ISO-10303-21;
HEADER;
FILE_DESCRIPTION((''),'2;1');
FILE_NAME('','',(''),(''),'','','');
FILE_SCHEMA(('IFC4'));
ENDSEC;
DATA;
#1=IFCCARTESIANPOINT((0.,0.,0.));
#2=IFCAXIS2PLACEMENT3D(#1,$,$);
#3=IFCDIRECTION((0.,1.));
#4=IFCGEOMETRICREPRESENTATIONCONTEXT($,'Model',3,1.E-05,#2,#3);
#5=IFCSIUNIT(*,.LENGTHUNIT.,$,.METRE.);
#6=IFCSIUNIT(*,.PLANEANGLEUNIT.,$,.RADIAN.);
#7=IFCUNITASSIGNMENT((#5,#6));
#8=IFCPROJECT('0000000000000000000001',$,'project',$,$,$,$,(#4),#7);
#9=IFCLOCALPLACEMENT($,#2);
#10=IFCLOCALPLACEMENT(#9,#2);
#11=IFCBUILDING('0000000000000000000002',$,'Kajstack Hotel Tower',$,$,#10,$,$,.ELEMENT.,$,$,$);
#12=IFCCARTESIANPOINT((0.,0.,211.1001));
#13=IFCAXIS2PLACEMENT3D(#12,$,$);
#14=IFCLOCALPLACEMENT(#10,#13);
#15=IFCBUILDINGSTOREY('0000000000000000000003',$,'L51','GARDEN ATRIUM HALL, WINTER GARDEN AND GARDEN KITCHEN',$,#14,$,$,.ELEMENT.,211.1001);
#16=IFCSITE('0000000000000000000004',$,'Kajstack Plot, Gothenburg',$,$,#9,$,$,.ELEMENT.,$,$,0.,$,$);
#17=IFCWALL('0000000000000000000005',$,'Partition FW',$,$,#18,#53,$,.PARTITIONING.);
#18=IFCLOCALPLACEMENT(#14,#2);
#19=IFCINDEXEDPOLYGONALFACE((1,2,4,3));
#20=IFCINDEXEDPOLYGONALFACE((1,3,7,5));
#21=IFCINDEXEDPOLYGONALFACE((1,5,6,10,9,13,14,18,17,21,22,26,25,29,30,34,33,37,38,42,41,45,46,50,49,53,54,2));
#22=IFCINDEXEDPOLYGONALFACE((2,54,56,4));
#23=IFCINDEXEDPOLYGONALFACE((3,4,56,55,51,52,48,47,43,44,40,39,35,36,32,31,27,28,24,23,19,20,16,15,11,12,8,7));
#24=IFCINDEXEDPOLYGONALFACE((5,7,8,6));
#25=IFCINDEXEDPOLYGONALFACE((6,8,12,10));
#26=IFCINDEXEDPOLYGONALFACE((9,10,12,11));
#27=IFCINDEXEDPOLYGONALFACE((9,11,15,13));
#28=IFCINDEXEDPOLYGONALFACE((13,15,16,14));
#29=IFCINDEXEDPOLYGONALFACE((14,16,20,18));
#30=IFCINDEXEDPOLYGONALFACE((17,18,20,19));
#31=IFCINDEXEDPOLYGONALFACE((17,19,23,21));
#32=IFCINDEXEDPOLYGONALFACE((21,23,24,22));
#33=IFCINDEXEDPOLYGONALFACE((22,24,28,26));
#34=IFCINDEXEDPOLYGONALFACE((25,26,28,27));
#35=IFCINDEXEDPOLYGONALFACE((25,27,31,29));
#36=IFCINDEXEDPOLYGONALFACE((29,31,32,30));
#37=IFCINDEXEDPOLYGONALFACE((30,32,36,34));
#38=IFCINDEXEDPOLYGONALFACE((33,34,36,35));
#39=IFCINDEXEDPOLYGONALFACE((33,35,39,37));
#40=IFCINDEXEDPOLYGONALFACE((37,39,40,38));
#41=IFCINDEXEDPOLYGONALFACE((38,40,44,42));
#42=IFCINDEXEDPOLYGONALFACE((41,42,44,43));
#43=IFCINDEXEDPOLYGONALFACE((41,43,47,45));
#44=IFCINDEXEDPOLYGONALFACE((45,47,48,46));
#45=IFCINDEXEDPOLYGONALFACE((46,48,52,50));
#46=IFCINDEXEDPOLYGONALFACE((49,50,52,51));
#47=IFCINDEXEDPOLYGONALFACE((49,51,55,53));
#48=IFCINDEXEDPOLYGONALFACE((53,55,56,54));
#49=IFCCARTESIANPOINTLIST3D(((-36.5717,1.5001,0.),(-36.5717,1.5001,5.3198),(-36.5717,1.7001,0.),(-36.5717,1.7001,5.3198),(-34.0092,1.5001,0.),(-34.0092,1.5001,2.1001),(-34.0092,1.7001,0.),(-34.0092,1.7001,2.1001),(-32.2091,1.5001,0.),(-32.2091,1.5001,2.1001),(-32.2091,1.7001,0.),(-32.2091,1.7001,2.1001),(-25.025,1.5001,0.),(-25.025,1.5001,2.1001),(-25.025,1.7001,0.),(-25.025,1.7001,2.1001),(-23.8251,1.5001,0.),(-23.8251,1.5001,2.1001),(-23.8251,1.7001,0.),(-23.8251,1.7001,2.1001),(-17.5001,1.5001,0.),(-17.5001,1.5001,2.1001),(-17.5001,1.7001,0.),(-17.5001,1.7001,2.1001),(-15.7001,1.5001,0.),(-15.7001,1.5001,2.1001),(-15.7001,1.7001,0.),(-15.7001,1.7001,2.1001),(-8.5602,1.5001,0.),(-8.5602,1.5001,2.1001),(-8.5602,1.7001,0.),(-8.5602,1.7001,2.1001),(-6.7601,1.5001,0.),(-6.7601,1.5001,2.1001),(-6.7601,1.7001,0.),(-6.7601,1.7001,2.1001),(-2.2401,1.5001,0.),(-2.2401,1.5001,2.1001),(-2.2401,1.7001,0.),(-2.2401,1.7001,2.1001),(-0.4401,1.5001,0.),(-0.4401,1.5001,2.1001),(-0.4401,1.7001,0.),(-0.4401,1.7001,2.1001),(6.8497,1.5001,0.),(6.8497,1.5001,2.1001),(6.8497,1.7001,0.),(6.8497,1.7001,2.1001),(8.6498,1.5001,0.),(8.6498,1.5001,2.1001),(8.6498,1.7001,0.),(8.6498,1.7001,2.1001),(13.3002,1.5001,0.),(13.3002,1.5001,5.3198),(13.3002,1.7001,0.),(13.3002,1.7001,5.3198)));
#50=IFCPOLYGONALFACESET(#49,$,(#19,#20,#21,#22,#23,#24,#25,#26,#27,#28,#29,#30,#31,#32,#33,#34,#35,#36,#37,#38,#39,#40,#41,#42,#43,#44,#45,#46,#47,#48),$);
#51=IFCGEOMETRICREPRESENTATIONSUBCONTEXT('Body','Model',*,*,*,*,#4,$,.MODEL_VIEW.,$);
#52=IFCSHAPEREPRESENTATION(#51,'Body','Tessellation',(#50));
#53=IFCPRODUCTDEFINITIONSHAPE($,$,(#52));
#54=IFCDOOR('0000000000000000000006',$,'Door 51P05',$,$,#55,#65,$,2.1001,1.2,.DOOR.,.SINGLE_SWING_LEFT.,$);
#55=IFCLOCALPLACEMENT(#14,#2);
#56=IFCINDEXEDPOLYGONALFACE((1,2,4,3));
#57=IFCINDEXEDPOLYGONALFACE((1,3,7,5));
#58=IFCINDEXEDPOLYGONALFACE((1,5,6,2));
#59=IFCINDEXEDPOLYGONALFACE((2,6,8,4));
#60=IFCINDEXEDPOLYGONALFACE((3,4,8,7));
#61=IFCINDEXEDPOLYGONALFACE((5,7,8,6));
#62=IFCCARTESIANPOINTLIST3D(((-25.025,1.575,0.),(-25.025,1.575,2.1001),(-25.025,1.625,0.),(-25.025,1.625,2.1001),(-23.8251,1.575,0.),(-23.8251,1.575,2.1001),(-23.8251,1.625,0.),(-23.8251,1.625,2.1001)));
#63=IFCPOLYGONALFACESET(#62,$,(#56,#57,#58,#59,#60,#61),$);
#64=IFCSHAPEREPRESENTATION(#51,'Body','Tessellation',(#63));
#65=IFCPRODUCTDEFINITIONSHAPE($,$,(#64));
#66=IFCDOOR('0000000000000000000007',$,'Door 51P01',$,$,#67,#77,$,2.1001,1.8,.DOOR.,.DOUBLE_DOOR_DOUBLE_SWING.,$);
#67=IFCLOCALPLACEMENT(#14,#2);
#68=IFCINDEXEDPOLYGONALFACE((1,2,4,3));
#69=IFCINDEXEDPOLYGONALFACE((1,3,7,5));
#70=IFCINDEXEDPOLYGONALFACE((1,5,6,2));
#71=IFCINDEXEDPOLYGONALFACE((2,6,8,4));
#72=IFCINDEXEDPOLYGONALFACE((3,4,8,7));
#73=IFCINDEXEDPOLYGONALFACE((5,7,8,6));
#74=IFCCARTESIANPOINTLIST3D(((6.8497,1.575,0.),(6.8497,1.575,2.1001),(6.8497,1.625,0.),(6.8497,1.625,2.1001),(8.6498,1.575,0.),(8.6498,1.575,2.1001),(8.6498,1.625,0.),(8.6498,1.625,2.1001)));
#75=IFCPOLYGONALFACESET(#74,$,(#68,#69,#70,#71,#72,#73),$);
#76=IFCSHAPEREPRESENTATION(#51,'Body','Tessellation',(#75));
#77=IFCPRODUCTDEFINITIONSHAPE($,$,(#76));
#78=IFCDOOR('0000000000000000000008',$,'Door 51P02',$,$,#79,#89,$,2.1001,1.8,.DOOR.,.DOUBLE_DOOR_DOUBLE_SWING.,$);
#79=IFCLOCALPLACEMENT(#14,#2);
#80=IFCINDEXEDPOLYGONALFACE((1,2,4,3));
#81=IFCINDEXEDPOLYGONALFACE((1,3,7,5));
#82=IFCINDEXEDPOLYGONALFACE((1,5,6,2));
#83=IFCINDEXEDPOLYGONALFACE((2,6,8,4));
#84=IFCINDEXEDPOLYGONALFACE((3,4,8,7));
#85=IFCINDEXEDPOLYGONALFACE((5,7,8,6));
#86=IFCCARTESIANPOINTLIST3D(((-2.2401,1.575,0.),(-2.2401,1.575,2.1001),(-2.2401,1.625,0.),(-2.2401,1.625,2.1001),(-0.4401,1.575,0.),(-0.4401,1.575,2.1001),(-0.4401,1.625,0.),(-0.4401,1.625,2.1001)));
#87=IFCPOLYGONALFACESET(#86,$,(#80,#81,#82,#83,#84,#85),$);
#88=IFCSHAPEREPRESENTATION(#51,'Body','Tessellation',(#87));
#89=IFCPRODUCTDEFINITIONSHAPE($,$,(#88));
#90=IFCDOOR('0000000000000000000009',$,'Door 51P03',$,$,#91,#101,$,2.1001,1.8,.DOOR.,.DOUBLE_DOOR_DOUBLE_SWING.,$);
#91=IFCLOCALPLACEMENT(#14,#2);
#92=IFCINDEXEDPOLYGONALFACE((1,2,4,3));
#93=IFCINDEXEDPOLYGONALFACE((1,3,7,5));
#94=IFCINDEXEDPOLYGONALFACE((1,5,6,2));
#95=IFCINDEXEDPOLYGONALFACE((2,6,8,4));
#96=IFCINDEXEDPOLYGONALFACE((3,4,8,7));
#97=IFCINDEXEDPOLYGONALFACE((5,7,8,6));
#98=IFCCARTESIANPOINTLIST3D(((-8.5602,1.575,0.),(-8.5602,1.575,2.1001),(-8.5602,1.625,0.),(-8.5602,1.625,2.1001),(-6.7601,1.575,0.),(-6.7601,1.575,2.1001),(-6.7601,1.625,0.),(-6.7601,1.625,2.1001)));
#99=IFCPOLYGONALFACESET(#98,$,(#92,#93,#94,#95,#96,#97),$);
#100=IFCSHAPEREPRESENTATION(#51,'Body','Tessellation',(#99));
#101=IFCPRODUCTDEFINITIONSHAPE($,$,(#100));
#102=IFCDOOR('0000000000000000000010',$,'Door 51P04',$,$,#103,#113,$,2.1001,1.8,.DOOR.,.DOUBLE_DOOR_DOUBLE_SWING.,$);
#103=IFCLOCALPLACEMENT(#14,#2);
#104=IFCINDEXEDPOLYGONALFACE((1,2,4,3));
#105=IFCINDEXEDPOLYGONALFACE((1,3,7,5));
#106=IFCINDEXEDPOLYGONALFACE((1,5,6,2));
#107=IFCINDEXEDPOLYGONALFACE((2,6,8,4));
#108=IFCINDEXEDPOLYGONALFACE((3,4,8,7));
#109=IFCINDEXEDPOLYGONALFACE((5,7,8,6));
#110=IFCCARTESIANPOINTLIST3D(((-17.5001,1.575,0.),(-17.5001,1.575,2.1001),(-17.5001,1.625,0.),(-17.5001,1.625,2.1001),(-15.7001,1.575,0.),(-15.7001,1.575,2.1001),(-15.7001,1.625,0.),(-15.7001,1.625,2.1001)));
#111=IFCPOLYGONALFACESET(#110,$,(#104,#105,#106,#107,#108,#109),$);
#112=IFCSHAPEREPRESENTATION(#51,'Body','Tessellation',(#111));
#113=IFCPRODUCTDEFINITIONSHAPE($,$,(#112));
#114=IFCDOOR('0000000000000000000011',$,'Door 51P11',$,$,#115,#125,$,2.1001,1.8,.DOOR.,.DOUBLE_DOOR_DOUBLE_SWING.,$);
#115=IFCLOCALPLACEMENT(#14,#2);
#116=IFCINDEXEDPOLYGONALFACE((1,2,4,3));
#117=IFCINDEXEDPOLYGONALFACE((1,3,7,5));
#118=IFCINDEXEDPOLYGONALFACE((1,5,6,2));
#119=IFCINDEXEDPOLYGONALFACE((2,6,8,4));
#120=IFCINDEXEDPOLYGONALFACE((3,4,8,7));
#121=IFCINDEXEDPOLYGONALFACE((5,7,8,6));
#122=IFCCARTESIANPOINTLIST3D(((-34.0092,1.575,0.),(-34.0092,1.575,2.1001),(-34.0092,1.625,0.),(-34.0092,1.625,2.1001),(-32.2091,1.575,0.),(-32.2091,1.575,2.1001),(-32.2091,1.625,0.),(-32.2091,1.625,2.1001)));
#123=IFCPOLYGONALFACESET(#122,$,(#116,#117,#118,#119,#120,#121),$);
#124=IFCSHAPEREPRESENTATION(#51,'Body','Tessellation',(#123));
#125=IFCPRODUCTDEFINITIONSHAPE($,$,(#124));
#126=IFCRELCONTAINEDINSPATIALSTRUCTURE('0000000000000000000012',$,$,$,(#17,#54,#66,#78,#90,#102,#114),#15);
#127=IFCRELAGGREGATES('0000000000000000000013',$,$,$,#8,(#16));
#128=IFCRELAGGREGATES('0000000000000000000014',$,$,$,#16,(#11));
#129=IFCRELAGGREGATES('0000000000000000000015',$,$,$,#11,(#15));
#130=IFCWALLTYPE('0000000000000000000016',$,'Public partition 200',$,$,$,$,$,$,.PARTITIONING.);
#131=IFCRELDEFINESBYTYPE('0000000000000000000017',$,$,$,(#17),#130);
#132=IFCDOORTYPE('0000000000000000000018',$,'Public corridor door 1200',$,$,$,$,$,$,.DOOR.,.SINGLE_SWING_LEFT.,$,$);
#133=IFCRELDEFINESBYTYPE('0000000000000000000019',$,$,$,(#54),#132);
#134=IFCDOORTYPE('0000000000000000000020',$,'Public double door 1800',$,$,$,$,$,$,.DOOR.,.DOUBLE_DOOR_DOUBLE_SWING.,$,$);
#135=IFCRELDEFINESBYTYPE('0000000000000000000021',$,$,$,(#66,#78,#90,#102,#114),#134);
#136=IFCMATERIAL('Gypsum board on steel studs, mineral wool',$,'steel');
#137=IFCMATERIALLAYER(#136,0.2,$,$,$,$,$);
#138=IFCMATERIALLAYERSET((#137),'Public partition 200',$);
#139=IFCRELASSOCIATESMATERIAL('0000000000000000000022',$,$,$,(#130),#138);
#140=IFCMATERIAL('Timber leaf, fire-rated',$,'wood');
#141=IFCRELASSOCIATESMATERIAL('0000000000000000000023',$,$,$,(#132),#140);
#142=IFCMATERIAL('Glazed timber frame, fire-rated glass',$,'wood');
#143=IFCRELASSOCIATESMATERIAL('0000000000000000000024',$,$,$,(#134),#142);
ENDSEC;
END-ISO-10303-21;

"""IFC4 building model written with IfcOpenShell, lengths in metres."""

from ifc_helpers import new_model, si_unit, direction, frame, frame_2d, origin, place, context, subcontext, project, spatial, rectangle, extrude, material, layer, layer_set, type_object, element, fill, save


model = new_model("IFC4")

# Units and contexts
model_context = context("Model", 3, precision=1e-05, world=origin(), true_north=direction((0.0, 1.0)))
body_context = subcontext(model_context, "Body", "Model", "MODEL_VIEW")
ifc_project = project(units=[si_unit("LENGTHUNIT", "METRE"), si_unit("PLANEANGLEUNIT", "RADIAN")], contexts=[model_context])

# Site, building, storey
site_placement = place(None, origin())
site = spatial("IfcSite", under=ifc_project, at=site_placement, Name="Kajstack Plot, Gothenburg", CompositionType="ELEMENT", RefElevation=0.0)
building_placement = place(site_placement, origin())
building = spatial("IfcBuilding", under=site, at=building_placement, Name="Kajstack Hotel Tower", CompositionType="ELEMENT")
storey_placement = place(building_placement, frame((0.0, 0.0, 211.1001)))
storey = spatial("IfcBuildingStorey", under=building, at=storey_placement, Name="L51", Description="GARDEN ATRIUM HALL, WINTER GARDEN AND GARDEN KITCHEN", CompositionType="ELEMENT", Elevation=211.1001)

# Shared definitions
ifc_material_1 = material(Name="Gypsum board on steel studs, mineral wool", Category="steel")
ifc_layer_1 = layer(ifc_material_1, 0.2)
ifc_layer_set_1 = layer_set([ifc_layer_1], Name="Public partition 200")
wall_type_1 = type_object("IfcWallType", Name="Public partition 200", PredefinedType="PARTITIONING", material=ifc_layer_set_1)

# Wall, openings, doors
wall_1_placement = place(storey_placement, frame((-36.5718, 1.6001, 0.0), z_axis=(0.0, 0.0, 1.0), x_axis=(1.0, 0.0, 0.0)))
wall_1 = element("IfcWall", 1, at=wall_1_placement, inside=storey, type_object=wall_type_1, Name="Partition FW", PredefinedType="PARTITIONING", context=body_context, shape_type="SweptSolid", body=[
    extrude(rectangle(XDim=49.8718, YDim=0.2, at=frame_2d((24.936, 0.0))), origin(), (0.0, 0.0, 1.0), 5.3198),
])
opening_1_placement = place(wall_1_placement, frame((43.4216, 0.0, 0.0)))
opening_1 = element("IfcOpeningElement", 2, at=opening_1_placement, cuts=wall_1, PredefinedType="OPENING", context=body_context, shape_type="SweptSolid", body=[
    extrude(rectangle(XDim=1.8, YDim=2.1001, at=frame_2d((0.8999, 1.05))), frame((0.0, 0.1099, 0.0), z_axis=(0.0, -1.0, 0.0), x_axis=(1.0, 0.0, 0.0)), (0.0, 0.0, 1.0), 0.22),
])
opening_2_placement = place(wall_1_placement, frame((34.3318, 0.0, 0.0)))
opening_2 = element("IfcOpeningElement", 3, at=opening_2_placement, cuts=wall_1, PredefinedType="OPENING", context=body_context, shape_type="SweptSolid", body=[
    extrude(rectangle(XDim=1.8, YDim=2.1001, at=frame_2d((0.8999, 1.05))), frame((0.0, 0.1099, 0.0), z_axis=(0.0, -1.0, 0.0), x_axis=(1.0, 0.0, 0.0)), (0.0, 0.0, 1.0), 0.22),
])
opening_3_placement = place(wall_1_placement, frame((28.0117, 0.0, 0.0)))
opening_3 = element("IfcOpeningElement", 4, at=opening_3_placement, cuts=wall_1, PredefinedType="OPENING", context=body_context, shape_type="SweptSolid", body=[
    extrude(rectangle(XDim=1.8, YDim=2.1001, at=frame_2d((0.8999, 1.05))), frame((0.0, 0.1099, 0.0), z_axis=(0.0, -1.0, 0.0), x_axis=(1.0, 0.0, 0.0)), (0.0, 0.0, 1.0), 0.22),
])
opening_4_placement = place(wall_1_placement, frame((19.0718, 0.0, 0.0)))
opening_4 = element("IfcOpeningElement", 5, at=opening_4_placement, cuts=wall_1, PredefinedType="OPENING", context=body_context, shape_type="SweptSolid", body=[
    extrude(rectangle(XDim=1.8, YDim=2.1001, at=frame_2d((0.8999, 1.05))), frame((0.0, 0.1099, 0.0), z_axis=(0.0, -1.0, 0.0), x_axis=(1.0, 0.0, 0.0)), (0.0, 0.0, 1.0), 0.22),
])
opening_5_placement = place(wall_1_placement, frame((11.5466, 0.0, 0.0)))
opening_5 = element("IfcOpeningElement", 6, at=opening_5_placement, cuts=wall_1, PredefinedType="OPENING", context=body_context, shape_type="SweptSolid", body=[
    extrude(rectangle(XDim=1.2, YDim=2.1001, at=frame_2d((0.6001, 1.05))), frame((0.0, 0.1099, 0.0), z_axis=(0.0, -1.0, 0.0), x_axis=(1.0, 0.0, 0.0)), (0.0, 0.0, 1.0), 0.22),
])
opening_6_placement = place(wall_1_placement, frame((2.5627, 0.0, 0.0)))
opening_6 = element("IfcOpeningElement", 7, at=opening_6_placement, cuts=wall_1, PredefinedType="OPENING", context=body_context, shape_type="SweptSolid", body=[
    extrude(rectangle(XDim=1.8, YDim=2.1001, at=frame_2d((0.8999, 1.05))), frame((0.0, 0.1099, 0.0), z_axis=(0.0, -1.0, 0.0), x_axis=(1.0, 0.0, 0.0)), (0.0, 0.0, 1.0), 0.22),
])
ifc_material_2 = material(Name="Timber leaf, fire-rated", Category="wood")
door_type_1 = type_object("IfcDoorType", Name="Public corridor door 1200", OperationType="SINGLE_SWING_LEFT", PredefinedType="DOOR", material=ifc_material_2)
door_1_placement = place(opening_5_placement, origin())
door_1 = element("IfcDoor", 8, at=door_1_placement, inside=storey, type_object=door_type_1, Name="Door 51P05", OperationType="SINGLE_SWING_LEFT", OverallHeight=2.1001, OverallWidth=1.2, PredefinedType="DOOR", context=body_context, shape_type="SweptSolid", body=[
    extrude(rectangle(XDim=1.2, YDim=2.1001, at=frame_2d((0.6001, 1.05))), frame((0.0, 0.0249, 0.0), z_axis=(0.0, -1.0, 0.0), x_axis=(1.0, 0.0, 0.0)), (0.0, 0.0, 1.0), 0.05),
])
fill(opening_5, door_1)
ifc_material_3 = material(Name="Glazed timber frame, fire-rated glass", Category="wood")
door_type_2 = type_object("IfcDoorType", Name="Public double door 1800", OperationType="DOUBLE_DOOR_DOUBLE_SWING", PredefinedType="DOOR", material=ifc_material_3)
door_2_placement = place(opening_1_placement, origin())
door_2 = element("IfcDoor", 9, at=door_2_placement, inside=storey, type_object=door_type_2, Name="Door 51P01", OperationType="DOUBLE_DOOR_DOUBLE_SWING", OverallHeight=2.1001, OverallWidth=1.8, PredefinedType="DOOR", context=body_context, shape_type="SweptSolid", body=[
    extrude(rectangle(XDim=1.8, YDim=2.1001, at=frame_2d((0.8999, 1.05))), frame((0.0, 0.0249, 0.0), z_axis=(0.0, -1.0, 0.0), x_axis=(1.0, 0.0, 0.0)), (0.0, 0.0, 1.0), 0.05),
])
fill(opening_1, door_2)
door_3_placement = place(opening_2_placement, origin())
door_3 = element("IfcDoor", 10, at=door_3_placement, inside=storey, type_object=door_type_2, Name="Door 51P02", OperationType="DOUBLE_DOOR_DOUBLE_SWING", OverallHeight=2.1001, OverallWidth=1.8, PredefinedType="DOOR", context=body_context, shape_type="SweptSolid", body=[
    extrude(rectangle(XDim=1.8, YDim=2.1001, at=frame_2d((0.8999, 1.05))), frame((0.0, 0.0249, 0.0), z_axis=(0.0, -1.0, 0.0), x_axis=(1.0, 0.0, 0.0)), (0.0, 0.0, 1.0), 0.05),
])
fill(opening_2, door_3)
door_4_placement = place(opening_3_placement, origin())
door_4 = element("IfcDoor", 11, at=door_4_placement, inside=storey, type_object=door_type_2, Name="Door 51P03", OperationType="DOUBLE_DOOR_DOUBLE_SWING", OverallHeight=2.1001, OverallWidth=1.8, PredefinedType="DOOR", context=body_context, shape_type="SweptSolid", body=[
    extrude(rectangle(XDim=1.8, YDim=2.1001, at=frame_2d((0.8999, 1.05))), frame((0.0, 0.0249, 0.0), z_axis=(0.0, -1.0, 0.0), x_axis=(1.0, 0.0, 0.0)), (0.0, 0.0, 1.0), 0.05),
])
fill(opening_3, door_4)
door_5_placement = place(opening_4_placement, origin())
door_5 = element("IfcDoor", 12, at=door_5_placement, inside=storey, type_object=door_type_2, Name="Door 51P04", OperationType="DOUBLE_DOOR_DOUBLE_SWING", OverallHeight=2.1001, OverallWidth=1.8, PredefinedType="DOOR", context=body_context, shape_type="SweptSolid", body=[
    extrude(rectangle(XDim=1.8, YDim=2.1001, at=frame_2d((0.8999, 1.05))), frame((0.0, 0.0249, 0.0), z_axis=(0.0, -1.0, 0.0), x_axis=(1.0, 0.0, 0.0)), (0.0, 0.0, 1.0), 0.05),
])
fill(opening_4, door_5)
door_6_placement = place(opening_6_placement, origin())
door_6 = element("IfcDoor", 13, at=door_6_placement, inside=storey, type_object=door_type_2, Name="Door 51P11", OperationType="DOUBLE_DOOR_DOUBLE_SWING", OverallHeight=2.1001, OverallWidth=1.8, PredefinedType="DOOR", context=body_context, shape_type="SweptSolid", body=[
    extrude(rectangle(XDim=1.8, YDim=2.1001, at=frame_2d((0.8999, 1.05))), frame((0.0, 0.0249, 0.0), z_axis=(0.0, -1.0, 0.0), x_axis=(1.0, 0.0, 0.0)), (0.0, 0.0, 1.0), 0.05),
])
fill(opening_6, door_6)

save(model, "model.ifc")
